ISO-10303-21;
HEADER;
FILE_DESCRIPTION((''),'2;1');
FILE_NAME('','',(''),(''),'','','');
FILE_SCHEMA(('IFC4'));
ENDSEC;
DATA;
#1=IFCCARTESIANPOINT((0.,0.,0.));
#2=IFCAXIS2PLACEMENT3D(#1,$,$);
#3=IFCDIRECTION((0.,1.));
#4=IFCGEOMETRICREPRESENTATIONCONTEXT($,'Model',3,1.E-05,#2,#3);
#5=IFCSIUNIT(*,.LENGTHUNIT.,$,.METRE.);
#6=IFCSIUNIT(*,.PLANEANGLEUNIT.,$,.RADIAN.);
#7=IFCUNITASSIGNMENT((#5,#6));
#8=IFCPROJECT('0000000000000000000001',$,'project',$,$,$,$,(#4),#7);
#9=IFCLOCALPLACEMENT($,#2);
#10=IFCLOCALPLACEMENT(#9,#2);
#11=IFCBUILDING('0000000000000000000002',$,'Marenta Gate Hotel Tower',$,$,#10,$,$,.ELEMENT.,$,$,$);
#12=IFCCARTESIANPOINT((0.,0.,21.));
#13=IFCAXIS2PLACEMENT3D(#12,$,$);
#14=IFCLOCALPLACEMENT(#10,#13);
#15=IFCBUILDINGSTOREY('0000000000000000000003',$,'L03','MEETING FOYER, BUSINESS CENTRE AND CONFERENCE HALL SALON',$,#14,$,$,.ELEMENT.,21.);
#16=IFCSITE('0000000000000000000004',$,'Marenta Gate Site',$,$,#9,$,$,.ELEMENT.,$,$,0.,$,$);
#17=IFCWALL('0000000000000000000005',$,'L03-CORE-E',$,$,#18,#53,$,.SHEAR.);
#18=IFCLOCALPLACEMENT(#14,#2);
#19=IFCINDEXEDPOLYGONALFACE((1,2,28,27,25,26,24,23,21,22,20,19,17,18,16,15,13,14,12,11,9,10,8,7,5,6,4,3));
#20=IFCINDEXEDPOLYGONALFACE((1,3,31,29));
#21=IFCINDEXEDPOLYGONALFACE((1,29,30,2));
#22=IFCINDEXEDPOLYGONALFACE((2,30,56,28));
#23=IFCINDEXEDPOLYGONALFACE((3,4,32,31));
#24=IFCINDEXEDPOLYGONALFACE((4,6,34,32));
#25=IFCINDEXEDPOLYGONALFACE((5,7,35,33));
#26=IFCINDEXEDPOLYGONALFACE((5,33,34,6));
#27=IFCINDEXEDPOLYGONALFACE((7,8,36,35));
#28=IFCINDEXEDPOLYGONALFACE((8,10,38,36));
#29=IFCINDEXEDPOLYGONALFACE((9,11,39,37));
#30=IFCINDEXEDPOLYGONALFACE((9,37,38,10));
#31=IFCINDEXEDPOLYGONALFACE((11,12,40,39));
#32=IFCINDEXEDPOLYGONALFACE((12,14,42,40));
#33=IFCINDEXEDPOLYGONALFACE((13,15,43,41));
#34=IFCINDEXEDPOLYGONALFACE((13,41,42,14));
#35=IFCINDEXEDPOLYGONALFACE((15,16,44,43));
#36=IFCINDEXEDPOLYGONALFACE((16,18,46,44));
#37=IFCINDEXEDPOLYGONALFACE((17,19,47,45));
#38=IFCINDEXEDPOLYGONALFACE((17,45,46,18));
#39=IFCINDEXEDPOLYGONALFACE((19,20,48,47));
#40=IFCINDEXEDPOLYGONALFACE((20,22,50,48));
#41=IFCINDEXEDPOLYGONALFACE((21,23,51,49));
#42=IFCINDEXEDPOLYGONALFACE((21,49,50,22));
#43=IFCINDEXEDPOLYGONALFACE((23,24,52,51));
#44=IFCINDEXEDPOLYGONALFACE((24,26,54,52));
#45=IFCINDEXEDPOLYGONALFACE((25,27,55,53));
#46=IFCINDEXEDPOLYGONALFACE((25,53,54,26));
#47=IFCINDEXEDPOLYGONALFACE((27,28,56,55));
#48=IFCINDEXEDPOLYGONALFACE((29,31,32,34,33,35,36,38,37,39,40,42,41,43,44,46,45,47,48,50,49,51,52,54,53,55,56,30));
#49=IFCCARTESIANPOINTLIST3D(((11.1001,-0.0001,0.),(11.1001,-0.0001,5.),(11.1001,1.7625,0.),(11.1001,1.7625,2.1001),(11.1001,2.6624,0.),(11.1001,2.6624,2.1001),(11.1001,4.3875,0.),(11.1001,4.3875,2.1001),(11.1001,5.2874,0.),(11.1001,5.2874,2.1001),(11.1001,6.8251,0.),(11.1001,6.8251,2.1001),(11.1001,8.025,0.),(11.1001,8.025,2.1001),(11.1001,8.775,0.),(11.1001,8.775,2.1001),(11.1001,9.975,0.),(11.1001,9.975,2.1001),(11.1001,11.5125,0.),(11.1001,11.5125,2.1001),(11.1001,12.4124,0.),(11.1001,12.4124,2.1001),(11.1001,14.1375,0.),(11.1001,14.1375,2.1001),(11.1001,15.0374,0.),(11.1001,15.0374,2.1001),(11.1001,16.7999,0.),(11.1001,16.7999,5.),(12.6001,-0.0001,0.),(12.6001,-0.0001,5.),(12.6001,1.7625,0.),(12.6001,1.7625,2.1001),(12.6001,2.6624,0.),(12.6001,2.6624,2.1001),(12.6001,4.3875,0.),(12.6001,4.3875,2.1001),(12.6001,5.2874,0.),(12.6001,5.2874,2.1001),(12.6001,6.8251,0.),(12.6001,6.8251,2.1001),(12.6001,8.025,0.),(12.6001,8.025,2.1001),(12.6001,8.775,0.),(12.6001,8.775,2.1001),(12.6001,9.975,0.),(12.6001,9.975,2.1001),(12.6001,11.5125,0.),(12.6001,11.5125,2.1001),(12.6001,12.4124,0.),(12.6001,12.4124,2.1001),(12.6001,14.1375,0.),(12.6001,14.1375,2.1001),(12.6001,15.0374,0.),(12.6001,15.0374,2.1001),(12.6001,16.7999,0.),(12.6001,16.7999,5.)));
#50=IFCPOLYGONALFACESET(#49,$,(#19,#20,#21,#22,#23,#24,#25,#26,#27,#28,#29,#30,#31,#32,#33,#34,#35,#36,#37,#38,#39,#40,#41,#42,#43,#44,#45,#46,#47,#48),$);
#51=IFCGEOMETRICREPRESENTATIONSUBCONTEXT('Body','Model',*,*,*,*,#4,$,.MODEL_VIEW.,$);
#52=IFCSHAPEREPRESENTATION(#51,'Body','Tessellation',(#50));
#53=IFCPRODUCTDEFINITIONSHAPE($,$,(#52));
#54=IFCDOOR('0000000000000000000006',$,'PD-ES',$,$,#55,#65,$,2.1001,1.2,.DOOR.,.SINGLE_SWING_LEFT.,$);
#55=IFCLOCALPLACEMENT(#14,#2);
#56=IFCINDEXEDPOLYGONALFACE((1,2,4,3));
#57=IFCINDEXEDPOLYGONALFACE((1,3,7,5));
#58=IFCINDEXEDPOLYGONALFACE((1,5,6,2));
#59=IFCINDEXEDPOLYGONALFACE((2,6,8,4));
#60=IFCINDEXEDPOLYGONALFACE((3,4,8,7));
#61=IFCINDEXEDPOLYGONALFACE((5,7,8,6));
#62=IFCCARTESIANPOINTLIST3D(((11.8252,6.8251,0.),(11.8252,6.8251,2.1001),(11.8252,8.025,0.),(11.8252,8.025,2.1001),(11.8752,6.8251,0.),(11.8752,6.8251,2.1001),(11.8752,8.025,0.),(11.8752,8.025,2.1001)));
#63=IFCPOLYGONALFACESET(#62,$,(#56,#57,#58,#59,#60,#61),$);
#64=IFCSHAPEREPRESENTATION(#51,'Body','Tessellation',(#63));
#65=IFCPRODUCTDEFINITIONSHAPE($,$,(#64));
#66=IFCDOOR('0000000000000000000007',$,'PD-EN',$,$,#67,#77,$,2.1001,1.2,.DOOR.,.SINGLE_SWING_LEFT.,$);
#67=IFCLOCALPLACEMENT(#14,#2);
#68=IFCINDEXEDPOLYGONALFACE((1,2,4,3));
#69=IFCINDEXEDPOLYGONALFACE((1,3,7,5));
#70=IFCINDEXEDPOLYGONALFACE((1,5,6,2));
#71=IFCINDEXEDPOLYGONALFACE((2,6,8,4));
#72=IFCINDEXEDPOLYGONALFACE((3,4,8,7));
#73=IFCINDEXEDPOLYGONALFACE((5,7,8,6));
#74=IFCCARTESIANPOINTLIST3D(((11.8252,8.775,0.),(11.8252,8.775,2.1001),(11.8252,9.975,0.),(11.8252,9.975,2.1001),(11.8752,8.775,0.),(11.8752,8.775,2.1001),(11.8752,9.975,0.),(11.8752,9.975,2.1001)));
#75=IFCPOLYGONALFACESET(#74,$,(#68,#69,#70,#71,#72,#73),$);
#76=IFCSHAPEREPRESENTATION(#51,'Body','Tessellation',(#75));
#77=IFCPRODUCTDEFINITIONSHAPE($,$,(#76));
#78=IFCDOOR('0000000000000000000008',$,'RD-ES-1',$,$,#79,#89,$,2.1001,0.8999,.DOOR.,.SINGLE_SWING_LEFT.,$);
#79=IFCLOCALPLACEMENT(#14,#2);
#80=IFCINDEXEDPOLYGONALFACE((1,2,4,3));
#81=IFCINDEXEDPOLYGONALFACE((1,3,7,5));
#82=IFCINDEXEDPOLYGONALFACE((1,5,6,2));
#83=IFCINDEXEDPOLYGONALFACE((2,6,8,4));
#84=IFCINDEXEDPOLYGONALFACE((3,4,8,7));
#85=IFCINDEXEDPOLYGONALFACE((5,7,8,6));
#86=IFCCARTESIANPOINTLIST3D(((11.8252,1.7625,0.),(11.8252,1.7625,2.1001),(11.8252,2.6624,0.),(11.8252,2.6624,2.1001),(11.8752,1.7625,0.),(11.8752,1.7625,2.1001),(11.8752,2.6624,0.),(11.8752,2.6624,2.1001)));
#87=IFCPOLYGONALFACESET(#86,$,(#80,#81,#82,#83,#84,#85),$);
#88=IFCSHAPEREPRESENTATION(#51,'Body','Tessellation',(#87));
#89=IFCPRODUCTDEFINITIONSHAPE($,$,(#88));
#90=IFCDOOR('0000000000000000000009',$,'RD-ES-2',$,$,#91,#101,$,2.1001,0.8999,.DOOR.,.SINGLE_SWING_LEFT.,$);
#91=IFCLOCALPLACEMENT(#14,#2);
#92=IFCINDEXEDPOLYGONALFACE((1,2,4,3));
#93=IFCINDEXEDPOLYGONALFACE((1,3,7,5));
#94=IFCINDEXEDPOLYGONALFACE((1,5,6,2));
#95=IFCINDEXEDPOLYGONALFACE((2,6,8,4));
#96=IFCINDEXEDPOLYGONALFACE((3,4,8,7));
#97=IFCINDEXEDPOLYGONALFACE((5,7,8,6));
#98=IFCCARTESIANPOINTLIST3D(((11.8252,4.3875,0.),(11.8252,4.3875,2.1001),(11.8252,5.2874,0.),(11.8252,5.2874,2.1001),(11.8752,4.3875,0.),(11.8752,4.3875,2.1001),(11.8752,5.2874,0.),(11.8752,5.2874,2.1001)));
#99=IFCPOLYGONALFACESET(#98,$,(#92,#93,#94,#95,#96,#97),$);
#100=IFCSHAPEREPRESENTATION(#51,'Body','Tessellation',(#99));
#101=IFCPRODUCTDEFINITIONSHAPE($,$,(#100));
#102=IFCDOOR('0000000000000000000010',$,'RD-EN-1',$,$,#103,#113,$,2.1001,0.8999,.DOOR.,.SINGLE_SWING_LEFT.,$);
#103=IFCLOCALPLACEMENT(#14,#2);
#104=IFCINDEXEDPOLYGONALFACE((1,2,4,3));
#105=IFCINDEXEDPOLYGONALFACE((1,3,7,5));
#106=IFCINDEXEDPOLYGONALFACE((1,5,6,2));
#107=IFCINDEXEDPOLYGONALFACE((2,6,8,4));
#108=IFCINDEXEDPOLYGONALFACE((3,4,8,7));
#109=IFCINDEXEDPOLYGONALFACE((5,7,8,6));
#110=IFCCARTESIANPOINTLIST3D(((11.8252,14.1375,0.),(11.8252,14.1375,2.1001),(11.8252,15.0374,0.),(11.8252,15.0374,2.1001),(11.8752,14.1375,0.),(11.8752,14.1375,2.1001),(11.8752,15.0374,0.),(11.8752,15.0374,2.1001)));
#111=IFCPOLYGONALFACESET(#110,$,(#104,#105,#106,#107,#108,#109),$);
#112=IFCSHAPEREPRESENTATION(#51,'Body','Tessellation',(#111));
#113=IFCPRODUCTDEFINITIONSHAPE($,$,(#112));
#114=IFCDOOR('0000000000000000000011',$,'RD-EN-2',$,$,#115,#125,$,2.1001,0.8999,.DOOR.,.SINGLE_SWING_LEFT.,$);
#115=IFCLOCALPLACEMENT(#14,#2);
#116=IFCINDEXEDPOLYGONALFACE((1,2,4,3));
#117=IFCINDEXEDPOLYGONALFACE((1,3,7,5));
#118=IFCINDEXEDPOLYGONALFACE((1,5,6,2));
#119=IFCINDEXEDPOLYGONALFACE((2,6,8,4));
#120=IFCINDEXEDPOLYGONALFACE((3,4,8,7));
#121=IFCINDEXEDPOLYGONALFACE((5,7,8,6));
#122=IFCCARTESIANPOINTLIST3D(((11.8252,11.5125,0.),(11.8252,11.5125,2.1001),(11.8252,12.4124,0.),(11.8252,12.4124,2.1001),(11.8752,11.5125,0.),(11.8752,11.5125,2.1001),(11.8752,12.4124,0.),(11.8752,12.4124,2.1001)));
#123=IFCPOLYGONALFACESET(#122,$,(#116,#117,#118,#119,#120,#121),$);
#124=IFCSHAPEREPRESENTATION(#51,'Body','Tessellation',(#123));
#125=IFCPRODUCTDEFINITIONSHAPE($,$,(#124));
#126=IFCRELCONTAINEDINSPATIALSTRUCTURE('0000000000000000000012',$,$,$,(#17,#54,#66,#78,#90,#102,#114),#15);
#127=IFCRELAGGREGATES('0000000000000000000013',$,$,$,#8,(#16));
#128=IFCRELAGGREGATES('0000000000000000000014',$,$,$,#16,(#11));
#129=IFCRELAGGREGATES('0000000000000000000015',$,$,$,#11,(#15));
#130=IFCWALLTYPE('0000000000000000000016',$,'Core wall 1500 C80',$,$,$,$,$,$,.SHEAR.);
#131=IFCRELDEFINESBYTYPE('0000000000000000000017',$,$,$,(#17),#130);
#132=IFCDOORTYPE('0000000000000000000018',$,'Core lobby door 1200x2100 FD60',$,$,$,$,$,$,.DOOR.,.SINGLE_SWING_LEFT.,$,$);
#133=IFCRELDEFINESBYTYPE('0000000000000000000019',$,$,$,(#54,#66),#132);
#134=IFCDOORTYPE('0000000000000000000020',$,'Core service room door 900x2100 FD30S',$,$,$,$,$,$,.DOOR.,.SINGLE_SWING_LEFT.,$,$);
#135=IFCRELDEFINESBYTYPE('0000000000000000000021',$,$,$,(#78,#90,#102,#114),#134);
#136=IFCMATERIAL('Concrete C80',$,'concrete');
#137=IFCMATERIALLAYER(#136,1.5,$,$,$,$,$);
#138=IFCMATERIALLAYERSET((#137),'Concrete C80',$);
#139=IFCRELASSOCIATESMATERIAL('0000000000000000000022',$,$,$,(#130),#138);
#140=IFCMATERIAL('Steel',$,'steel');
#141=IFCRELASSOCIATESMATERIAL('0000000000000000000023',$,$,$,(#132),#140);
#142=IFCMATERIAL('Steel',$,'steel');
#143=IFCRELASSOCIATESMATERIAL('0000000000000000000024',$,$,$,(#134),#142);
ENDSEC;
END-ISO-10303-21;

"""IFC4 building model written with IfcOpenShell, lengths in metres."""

from ifc_helpers import new_model, si_unit, direction, frame, frame_2d, origin, place, context, subcontext, project, spatial, rectangle, extrude, material, layer, layer_set, type_object, element, fill, save


model = new_model("IFC4")

# Units and contexts
model_context = context("Model", 3, precision=1e-05, world=origin(), true_north=direction((0.0, 1.0)))
body_context = subcontext(model_context, "Body", "Model", "MODEL_VIEW")
ifc_project = project(units=[si_unit("LENGTHUNIT", "METRE"), si_unit("PLANEANGLEUNIT", "RADIAN")], contexts=[model_context])

# Site, building, storey
site_placement = place(None, origin())
site = spatial("IfcSite", under=ifc_project, at=site_placement, Name="Marenta Gate Site", CompositionType="ELEMENT", RefElevation=0.0)
building_placement = place(site_placement, origin())
building = spatial("IfcBuilding", under=site, at=building_placement, Name="Marenta Gate Hotel Tower", CompositionType="ELEMENT")
storey_placement = place(building_placement, frame((0.0, 0.0, 21.0)))
storey = spatial("IfcBuildingStorey", under=building, at=storey_placement, Name="L03", Description="MEETING FOYER, BUSINESS CENTRE AND CONFERENCE HALL SALON", CompositionType="ELEMENT", Elevation=21.0)

# Wall, openings, doors
ifc_material_1 = material(Name="Concrete C80", Category="concrete")
ifc_layer_1 = layer(ifc_material_1, 1.5)
ifc_layer_set_1 = layer_set([ifc_layer_1], Name="Concrete C80")
wall_type_1 = type_object("IfcWallType", Name="Core wall 1500 C80", PredefinedType="SHEAR", material=ifc_layer_set_1)
wall_1_placement = place(storey_placement, frame((11.8501, 0.0, 0.0), z_axis=(0.0, 0.0, 1.0), x_axis=(0.0, 1.0, 0.0)))
wall_1 = element("IfcWall", 1, at=wall_1_placement, inside=storey, type_object=wall_type_1, Name="L03-CORE-E", PredefinedType="SHEAR", context=body_context, shape_type="SweptSolid", body=[
    extrude(rectangle(XDim=16.8, YDim=1.5, at=frame_2d((8.3999, 0.0))), origin(), (0.0, 0.0, 1.0), 5.0),
])
opening_1_placement = place(wall_1_placement, frame((1.7625, 0.0, 0.0)))
opening_1 = element("IfcOpeningElement", 2, at=opening_1_placement, cuts=wall_1, PredefinedType="OPENING", context=body_context, shape_type="SweptSolid", body=[
    extrude(rectangle(XDim=0.8999, YDim=2.1001, at=frame_2d((0.45, 1.05))), frame((0.0, 0.75, 0.0), z_axis=(0.0, -1.0, 0.0), x_axis=(1.0, 0.0, 0.0)), (0.0, 0.0, 1.0), 1.5),
])
opening_2_placement = place(wall_1_placement, frame((4.3875, 0.0, 0.0)))
opening_2 = element("IfcOpeningElement", 3, at=opening_2_placement, cuts=wall_1, PredefinedType="OPENING", context=body_context, shape_type="SweptSolid", body=[
    extrude(rectangle(XDim=0.8999, YDim=2.1001, at=frame_2d((0.45, 1.05))), frame((0.0, 0.75, 0.0), z_axis=(0.0, -1.0, 0.0), x_axis=(1.0, 0.0, 0.0)), (0.0, 0.0, 1.0), 1.5),
])
opening_3_placement = place(wall_1_placement, frame((6.825, 0.0, 0.0)))
opening_3 = element("IfcOpeningElement", 4, at=opening_3_placement, cuts=wall_1, PredefinedType="OPENING", context=body_context, shape_type="SweptSolid", body=[
    extrude(rectangle(XDim=1.2, YDim=2.1001, at=frame_2d((0.6001, 1.05))), frame((0.0, 0.75, 0.0), z_axis=(0.0, -1.0, 0.0), x_axis=(1.0, 0.0, 0.0)), (0.0, 0.0, 1.0), 1.5),
])
opening_4_placement = place(wall_1_placement, frame((14.1375, 0.0, 0.0)))
opening_4 = element("IfcOpeningElement", 5, at=opening_4_placement, cuts=wall_1, PredefinedType="OPENING", context=body_context, shape_type="SweptSolid", body=[
    extrude(rectangle(XDim=0.8999, YDim=2.1001, at=frame_2d((0.45, 1.05))), frame((0.0, 0.75, 0.0), z_axis=(0.0, -1.0, 0.0), x_axis=(1.0, 0.0, 0.0)), (0.0, 0.0, 1.0), 1.5),
])
opening_5_placement = place(wall_1_placement, frame((11.5125, 0.0, 0.0)))
opening_5 = element("IfcOpeningElement", 6, at=opening_5_placement, cuts=wall_1, PredefinedType="OPENING", context=body_context, shape_type="SweptSolid", body=[
    extrude(rectangle(XDim=0.8999, YDim=2.1001, at=frame_2d((0.45, 1.05))), frame((0.0, 0.75, 0.0), z_axis=(0.0, -1.0, 0.0), x_axis=(1.0, 0.0, 0.0)), (0.0, 0.0, 1.0), 1.5),
])
opening_6_placement = place(wall_1_placement, frame((8.7749, 0.0, 0.0)))
opening_6 = element("IfcOpeningElement", 7, at=opening_6_placement, cuts=wall_1, PredefinedType="OPENING", context=body_context, shape_type="SweptSolid", body=[
    extrude(rectangle(XDim=1.2, YDim=2.1001, at=frame_2d((0.6001, 1.05))), frame((0.0, 0.75, 0.0), z_axis=(0.0, -1.0, 0.0), x_axis=(1.0, 0.0, 0.0)), (0.0, 0.0, 1.0), 1.5),
])
ifc_material_2 = material(Name="Steel", Category="steel")
door_type_1 = type_object("IfcDoorType", Name="Core lobby door 1200x2100 FD60", OperationType="SINGLE_SWING_LEFT", PredefinedType="DOOR", material=ifc_material_2)
door_1_placement = place(opening_3_placement, origin())
door_1 = element("IfcDoor", 8, at=door_1_placement, inside=storey, type_object=door_type_1, Name="PD-ES", OperationType="SINGLE_SWING_LEFT", OverallHeight=2.1001, OverallWidth=1.2, PredefinedType="DOOR", context=body_context, shape_type="SweptSolid", body=[
    extrude(rectangle(XDim=1.2, YDim=2.1001, at=frame_2d((0.6001, 1.05))), frame((0.0, 0.0249, 0.0), z_axis=(0.0, -1.0, 0.0), x_axis=(1.0, 0.0, 0.0)), (0.0, 0.0, 1.0), 0.05),
])
fill(opening_3, door_1)
door_2_placement = place(opening_6_placement, origin())
door_2 = element("IfcDoor", 9, at=door_2_placement, inside=storey, type_object=door_type_1, Name="PD-EN", OperationType="SINGLE_SWING_LEFT", OverallHeight=2.1001, OverallWidth=1.2, PredefinedType="DOOR", context=body_context, shape_type="SweptSolid", body=[
    extrude(rectangle(XDim=1.2, YDim=2.1001, at=frame_2d((0.6001, 1.05))), frame((0.0, 0.0249, 0.0), z_axis=(0.0, -1.0, 0.0), x_axis=(1.0, 0.0, 0.0)), (0.0, 0.0, 1.0), 0.05),
])
fill(opening_6, door_2)
ifc_material_3 = material(Name="Steel", Category="steel")
door_type_2 = type_object("IfcDoorType", Name="Core service room door 900x2100 FD30S", OperationType="SINGLE_SWING_LEFT", PredefinedType="DOOR", material=ifc_material_3)
door_3_placement = place(opening_1_placement, origin())
door_3 = element("IfcDoor", 10, at=door_3_placement, inside=storey, type_object=door_type_2, Name="RD-ES-1", OperationType="SINGLE_SWING_LEFT", OverallHeight=2.1001, OverallWidth=0.8999, PredefinedType="DOOR", context=body_context, shape_type="SweptSolid", body=[
    extrude(rectangle(XDim=0.8999, YDim=2.1001, at=frame_2d((0.45, 1.05))), frame((0.0, 0.0249, 0.0), z_axis=(0.0, -1.0, 0.0), x_axis=(1.0, 0.0, 0.0)), (0.0, 0.0, 1.0), 0.05),
])
fill(opening_1, door_3)
door_4_placement = place(opening_2_placement, origin())
door_4 = element("IfcDoor", 11, at=door_4_placement, inside=storey, type_object=door_type_2, Name="RD-ES-2", OperationType="SINGLE_SWING_LEFT", OverallHeight=2.1001, OverallWidth=0.8999, PredefinedType="DOOR", context=body_context, shape_type="SweptSolid", body=[
    extrude(rectangle(XDim=0.8999, YDim=2.1001, at=frame_2d((0.45, 1.05))), frame((0.0, 0.0249, 0.0), z_axis=(0.0, -1.0, 0.0), x_axis=(1.0, 0.0, 0.0)), (0.0, 0.0, 1.0), 0.05),
])
fill(opening_2, door_4)
door_5_placement = place(opening_4_placement, origin())
door_5 = element("IfcDoor", 12, at=door_5_placement, inside=storey, type_object=door_type_2, Name="RD-EN-1", OperationType="SINGLE_SWING_LEFT", OverallHeight=2.1001, OverallWidth=0.8999, PredefinedType="DOOR", context=body_context, shape_type="SweptSolid", body=[
    extrude(rectangle(XDim=0.8999, YDim=2.1001, at=frame_2d((0.45, 1.05))), frame((0.0, 0.0249, 0.0), z_axis=(0.0, -1.0, 0.0), x_axis=(1.0, 0.0, 0.0)), (0.0, 0.0, 1.0), 0.05),
])
fill(opening_4, door_5)
door_6_placement = place(opening_5_placement, origin())
door_6 = element("IfcDoor", 13, at=door_6_placement, inside=storey, type_object=door_type_2, Name="RD-EN-2", OperationType="SINGLE_SWING_LEFT", OverallHeight=2.1001, OverallWidth=0.8999, PredefinedType="DOOR", context=body_context, shape_type="SweptSolid", body=[
    extrude(rectangle(XDim=0.8999, YDim=2.1001, at=frame_2d((0.45, 1.05))), frame((0.0, 0.0249, 0.0), z_axis=(0.0, -1.0, 0.0), x_axis=(1.0, 0.0, 0.0)), (0.0, 0.0, 1.0), 0.05),
])
fill(opening_5, door_6)

save(model, "model.ifc")
